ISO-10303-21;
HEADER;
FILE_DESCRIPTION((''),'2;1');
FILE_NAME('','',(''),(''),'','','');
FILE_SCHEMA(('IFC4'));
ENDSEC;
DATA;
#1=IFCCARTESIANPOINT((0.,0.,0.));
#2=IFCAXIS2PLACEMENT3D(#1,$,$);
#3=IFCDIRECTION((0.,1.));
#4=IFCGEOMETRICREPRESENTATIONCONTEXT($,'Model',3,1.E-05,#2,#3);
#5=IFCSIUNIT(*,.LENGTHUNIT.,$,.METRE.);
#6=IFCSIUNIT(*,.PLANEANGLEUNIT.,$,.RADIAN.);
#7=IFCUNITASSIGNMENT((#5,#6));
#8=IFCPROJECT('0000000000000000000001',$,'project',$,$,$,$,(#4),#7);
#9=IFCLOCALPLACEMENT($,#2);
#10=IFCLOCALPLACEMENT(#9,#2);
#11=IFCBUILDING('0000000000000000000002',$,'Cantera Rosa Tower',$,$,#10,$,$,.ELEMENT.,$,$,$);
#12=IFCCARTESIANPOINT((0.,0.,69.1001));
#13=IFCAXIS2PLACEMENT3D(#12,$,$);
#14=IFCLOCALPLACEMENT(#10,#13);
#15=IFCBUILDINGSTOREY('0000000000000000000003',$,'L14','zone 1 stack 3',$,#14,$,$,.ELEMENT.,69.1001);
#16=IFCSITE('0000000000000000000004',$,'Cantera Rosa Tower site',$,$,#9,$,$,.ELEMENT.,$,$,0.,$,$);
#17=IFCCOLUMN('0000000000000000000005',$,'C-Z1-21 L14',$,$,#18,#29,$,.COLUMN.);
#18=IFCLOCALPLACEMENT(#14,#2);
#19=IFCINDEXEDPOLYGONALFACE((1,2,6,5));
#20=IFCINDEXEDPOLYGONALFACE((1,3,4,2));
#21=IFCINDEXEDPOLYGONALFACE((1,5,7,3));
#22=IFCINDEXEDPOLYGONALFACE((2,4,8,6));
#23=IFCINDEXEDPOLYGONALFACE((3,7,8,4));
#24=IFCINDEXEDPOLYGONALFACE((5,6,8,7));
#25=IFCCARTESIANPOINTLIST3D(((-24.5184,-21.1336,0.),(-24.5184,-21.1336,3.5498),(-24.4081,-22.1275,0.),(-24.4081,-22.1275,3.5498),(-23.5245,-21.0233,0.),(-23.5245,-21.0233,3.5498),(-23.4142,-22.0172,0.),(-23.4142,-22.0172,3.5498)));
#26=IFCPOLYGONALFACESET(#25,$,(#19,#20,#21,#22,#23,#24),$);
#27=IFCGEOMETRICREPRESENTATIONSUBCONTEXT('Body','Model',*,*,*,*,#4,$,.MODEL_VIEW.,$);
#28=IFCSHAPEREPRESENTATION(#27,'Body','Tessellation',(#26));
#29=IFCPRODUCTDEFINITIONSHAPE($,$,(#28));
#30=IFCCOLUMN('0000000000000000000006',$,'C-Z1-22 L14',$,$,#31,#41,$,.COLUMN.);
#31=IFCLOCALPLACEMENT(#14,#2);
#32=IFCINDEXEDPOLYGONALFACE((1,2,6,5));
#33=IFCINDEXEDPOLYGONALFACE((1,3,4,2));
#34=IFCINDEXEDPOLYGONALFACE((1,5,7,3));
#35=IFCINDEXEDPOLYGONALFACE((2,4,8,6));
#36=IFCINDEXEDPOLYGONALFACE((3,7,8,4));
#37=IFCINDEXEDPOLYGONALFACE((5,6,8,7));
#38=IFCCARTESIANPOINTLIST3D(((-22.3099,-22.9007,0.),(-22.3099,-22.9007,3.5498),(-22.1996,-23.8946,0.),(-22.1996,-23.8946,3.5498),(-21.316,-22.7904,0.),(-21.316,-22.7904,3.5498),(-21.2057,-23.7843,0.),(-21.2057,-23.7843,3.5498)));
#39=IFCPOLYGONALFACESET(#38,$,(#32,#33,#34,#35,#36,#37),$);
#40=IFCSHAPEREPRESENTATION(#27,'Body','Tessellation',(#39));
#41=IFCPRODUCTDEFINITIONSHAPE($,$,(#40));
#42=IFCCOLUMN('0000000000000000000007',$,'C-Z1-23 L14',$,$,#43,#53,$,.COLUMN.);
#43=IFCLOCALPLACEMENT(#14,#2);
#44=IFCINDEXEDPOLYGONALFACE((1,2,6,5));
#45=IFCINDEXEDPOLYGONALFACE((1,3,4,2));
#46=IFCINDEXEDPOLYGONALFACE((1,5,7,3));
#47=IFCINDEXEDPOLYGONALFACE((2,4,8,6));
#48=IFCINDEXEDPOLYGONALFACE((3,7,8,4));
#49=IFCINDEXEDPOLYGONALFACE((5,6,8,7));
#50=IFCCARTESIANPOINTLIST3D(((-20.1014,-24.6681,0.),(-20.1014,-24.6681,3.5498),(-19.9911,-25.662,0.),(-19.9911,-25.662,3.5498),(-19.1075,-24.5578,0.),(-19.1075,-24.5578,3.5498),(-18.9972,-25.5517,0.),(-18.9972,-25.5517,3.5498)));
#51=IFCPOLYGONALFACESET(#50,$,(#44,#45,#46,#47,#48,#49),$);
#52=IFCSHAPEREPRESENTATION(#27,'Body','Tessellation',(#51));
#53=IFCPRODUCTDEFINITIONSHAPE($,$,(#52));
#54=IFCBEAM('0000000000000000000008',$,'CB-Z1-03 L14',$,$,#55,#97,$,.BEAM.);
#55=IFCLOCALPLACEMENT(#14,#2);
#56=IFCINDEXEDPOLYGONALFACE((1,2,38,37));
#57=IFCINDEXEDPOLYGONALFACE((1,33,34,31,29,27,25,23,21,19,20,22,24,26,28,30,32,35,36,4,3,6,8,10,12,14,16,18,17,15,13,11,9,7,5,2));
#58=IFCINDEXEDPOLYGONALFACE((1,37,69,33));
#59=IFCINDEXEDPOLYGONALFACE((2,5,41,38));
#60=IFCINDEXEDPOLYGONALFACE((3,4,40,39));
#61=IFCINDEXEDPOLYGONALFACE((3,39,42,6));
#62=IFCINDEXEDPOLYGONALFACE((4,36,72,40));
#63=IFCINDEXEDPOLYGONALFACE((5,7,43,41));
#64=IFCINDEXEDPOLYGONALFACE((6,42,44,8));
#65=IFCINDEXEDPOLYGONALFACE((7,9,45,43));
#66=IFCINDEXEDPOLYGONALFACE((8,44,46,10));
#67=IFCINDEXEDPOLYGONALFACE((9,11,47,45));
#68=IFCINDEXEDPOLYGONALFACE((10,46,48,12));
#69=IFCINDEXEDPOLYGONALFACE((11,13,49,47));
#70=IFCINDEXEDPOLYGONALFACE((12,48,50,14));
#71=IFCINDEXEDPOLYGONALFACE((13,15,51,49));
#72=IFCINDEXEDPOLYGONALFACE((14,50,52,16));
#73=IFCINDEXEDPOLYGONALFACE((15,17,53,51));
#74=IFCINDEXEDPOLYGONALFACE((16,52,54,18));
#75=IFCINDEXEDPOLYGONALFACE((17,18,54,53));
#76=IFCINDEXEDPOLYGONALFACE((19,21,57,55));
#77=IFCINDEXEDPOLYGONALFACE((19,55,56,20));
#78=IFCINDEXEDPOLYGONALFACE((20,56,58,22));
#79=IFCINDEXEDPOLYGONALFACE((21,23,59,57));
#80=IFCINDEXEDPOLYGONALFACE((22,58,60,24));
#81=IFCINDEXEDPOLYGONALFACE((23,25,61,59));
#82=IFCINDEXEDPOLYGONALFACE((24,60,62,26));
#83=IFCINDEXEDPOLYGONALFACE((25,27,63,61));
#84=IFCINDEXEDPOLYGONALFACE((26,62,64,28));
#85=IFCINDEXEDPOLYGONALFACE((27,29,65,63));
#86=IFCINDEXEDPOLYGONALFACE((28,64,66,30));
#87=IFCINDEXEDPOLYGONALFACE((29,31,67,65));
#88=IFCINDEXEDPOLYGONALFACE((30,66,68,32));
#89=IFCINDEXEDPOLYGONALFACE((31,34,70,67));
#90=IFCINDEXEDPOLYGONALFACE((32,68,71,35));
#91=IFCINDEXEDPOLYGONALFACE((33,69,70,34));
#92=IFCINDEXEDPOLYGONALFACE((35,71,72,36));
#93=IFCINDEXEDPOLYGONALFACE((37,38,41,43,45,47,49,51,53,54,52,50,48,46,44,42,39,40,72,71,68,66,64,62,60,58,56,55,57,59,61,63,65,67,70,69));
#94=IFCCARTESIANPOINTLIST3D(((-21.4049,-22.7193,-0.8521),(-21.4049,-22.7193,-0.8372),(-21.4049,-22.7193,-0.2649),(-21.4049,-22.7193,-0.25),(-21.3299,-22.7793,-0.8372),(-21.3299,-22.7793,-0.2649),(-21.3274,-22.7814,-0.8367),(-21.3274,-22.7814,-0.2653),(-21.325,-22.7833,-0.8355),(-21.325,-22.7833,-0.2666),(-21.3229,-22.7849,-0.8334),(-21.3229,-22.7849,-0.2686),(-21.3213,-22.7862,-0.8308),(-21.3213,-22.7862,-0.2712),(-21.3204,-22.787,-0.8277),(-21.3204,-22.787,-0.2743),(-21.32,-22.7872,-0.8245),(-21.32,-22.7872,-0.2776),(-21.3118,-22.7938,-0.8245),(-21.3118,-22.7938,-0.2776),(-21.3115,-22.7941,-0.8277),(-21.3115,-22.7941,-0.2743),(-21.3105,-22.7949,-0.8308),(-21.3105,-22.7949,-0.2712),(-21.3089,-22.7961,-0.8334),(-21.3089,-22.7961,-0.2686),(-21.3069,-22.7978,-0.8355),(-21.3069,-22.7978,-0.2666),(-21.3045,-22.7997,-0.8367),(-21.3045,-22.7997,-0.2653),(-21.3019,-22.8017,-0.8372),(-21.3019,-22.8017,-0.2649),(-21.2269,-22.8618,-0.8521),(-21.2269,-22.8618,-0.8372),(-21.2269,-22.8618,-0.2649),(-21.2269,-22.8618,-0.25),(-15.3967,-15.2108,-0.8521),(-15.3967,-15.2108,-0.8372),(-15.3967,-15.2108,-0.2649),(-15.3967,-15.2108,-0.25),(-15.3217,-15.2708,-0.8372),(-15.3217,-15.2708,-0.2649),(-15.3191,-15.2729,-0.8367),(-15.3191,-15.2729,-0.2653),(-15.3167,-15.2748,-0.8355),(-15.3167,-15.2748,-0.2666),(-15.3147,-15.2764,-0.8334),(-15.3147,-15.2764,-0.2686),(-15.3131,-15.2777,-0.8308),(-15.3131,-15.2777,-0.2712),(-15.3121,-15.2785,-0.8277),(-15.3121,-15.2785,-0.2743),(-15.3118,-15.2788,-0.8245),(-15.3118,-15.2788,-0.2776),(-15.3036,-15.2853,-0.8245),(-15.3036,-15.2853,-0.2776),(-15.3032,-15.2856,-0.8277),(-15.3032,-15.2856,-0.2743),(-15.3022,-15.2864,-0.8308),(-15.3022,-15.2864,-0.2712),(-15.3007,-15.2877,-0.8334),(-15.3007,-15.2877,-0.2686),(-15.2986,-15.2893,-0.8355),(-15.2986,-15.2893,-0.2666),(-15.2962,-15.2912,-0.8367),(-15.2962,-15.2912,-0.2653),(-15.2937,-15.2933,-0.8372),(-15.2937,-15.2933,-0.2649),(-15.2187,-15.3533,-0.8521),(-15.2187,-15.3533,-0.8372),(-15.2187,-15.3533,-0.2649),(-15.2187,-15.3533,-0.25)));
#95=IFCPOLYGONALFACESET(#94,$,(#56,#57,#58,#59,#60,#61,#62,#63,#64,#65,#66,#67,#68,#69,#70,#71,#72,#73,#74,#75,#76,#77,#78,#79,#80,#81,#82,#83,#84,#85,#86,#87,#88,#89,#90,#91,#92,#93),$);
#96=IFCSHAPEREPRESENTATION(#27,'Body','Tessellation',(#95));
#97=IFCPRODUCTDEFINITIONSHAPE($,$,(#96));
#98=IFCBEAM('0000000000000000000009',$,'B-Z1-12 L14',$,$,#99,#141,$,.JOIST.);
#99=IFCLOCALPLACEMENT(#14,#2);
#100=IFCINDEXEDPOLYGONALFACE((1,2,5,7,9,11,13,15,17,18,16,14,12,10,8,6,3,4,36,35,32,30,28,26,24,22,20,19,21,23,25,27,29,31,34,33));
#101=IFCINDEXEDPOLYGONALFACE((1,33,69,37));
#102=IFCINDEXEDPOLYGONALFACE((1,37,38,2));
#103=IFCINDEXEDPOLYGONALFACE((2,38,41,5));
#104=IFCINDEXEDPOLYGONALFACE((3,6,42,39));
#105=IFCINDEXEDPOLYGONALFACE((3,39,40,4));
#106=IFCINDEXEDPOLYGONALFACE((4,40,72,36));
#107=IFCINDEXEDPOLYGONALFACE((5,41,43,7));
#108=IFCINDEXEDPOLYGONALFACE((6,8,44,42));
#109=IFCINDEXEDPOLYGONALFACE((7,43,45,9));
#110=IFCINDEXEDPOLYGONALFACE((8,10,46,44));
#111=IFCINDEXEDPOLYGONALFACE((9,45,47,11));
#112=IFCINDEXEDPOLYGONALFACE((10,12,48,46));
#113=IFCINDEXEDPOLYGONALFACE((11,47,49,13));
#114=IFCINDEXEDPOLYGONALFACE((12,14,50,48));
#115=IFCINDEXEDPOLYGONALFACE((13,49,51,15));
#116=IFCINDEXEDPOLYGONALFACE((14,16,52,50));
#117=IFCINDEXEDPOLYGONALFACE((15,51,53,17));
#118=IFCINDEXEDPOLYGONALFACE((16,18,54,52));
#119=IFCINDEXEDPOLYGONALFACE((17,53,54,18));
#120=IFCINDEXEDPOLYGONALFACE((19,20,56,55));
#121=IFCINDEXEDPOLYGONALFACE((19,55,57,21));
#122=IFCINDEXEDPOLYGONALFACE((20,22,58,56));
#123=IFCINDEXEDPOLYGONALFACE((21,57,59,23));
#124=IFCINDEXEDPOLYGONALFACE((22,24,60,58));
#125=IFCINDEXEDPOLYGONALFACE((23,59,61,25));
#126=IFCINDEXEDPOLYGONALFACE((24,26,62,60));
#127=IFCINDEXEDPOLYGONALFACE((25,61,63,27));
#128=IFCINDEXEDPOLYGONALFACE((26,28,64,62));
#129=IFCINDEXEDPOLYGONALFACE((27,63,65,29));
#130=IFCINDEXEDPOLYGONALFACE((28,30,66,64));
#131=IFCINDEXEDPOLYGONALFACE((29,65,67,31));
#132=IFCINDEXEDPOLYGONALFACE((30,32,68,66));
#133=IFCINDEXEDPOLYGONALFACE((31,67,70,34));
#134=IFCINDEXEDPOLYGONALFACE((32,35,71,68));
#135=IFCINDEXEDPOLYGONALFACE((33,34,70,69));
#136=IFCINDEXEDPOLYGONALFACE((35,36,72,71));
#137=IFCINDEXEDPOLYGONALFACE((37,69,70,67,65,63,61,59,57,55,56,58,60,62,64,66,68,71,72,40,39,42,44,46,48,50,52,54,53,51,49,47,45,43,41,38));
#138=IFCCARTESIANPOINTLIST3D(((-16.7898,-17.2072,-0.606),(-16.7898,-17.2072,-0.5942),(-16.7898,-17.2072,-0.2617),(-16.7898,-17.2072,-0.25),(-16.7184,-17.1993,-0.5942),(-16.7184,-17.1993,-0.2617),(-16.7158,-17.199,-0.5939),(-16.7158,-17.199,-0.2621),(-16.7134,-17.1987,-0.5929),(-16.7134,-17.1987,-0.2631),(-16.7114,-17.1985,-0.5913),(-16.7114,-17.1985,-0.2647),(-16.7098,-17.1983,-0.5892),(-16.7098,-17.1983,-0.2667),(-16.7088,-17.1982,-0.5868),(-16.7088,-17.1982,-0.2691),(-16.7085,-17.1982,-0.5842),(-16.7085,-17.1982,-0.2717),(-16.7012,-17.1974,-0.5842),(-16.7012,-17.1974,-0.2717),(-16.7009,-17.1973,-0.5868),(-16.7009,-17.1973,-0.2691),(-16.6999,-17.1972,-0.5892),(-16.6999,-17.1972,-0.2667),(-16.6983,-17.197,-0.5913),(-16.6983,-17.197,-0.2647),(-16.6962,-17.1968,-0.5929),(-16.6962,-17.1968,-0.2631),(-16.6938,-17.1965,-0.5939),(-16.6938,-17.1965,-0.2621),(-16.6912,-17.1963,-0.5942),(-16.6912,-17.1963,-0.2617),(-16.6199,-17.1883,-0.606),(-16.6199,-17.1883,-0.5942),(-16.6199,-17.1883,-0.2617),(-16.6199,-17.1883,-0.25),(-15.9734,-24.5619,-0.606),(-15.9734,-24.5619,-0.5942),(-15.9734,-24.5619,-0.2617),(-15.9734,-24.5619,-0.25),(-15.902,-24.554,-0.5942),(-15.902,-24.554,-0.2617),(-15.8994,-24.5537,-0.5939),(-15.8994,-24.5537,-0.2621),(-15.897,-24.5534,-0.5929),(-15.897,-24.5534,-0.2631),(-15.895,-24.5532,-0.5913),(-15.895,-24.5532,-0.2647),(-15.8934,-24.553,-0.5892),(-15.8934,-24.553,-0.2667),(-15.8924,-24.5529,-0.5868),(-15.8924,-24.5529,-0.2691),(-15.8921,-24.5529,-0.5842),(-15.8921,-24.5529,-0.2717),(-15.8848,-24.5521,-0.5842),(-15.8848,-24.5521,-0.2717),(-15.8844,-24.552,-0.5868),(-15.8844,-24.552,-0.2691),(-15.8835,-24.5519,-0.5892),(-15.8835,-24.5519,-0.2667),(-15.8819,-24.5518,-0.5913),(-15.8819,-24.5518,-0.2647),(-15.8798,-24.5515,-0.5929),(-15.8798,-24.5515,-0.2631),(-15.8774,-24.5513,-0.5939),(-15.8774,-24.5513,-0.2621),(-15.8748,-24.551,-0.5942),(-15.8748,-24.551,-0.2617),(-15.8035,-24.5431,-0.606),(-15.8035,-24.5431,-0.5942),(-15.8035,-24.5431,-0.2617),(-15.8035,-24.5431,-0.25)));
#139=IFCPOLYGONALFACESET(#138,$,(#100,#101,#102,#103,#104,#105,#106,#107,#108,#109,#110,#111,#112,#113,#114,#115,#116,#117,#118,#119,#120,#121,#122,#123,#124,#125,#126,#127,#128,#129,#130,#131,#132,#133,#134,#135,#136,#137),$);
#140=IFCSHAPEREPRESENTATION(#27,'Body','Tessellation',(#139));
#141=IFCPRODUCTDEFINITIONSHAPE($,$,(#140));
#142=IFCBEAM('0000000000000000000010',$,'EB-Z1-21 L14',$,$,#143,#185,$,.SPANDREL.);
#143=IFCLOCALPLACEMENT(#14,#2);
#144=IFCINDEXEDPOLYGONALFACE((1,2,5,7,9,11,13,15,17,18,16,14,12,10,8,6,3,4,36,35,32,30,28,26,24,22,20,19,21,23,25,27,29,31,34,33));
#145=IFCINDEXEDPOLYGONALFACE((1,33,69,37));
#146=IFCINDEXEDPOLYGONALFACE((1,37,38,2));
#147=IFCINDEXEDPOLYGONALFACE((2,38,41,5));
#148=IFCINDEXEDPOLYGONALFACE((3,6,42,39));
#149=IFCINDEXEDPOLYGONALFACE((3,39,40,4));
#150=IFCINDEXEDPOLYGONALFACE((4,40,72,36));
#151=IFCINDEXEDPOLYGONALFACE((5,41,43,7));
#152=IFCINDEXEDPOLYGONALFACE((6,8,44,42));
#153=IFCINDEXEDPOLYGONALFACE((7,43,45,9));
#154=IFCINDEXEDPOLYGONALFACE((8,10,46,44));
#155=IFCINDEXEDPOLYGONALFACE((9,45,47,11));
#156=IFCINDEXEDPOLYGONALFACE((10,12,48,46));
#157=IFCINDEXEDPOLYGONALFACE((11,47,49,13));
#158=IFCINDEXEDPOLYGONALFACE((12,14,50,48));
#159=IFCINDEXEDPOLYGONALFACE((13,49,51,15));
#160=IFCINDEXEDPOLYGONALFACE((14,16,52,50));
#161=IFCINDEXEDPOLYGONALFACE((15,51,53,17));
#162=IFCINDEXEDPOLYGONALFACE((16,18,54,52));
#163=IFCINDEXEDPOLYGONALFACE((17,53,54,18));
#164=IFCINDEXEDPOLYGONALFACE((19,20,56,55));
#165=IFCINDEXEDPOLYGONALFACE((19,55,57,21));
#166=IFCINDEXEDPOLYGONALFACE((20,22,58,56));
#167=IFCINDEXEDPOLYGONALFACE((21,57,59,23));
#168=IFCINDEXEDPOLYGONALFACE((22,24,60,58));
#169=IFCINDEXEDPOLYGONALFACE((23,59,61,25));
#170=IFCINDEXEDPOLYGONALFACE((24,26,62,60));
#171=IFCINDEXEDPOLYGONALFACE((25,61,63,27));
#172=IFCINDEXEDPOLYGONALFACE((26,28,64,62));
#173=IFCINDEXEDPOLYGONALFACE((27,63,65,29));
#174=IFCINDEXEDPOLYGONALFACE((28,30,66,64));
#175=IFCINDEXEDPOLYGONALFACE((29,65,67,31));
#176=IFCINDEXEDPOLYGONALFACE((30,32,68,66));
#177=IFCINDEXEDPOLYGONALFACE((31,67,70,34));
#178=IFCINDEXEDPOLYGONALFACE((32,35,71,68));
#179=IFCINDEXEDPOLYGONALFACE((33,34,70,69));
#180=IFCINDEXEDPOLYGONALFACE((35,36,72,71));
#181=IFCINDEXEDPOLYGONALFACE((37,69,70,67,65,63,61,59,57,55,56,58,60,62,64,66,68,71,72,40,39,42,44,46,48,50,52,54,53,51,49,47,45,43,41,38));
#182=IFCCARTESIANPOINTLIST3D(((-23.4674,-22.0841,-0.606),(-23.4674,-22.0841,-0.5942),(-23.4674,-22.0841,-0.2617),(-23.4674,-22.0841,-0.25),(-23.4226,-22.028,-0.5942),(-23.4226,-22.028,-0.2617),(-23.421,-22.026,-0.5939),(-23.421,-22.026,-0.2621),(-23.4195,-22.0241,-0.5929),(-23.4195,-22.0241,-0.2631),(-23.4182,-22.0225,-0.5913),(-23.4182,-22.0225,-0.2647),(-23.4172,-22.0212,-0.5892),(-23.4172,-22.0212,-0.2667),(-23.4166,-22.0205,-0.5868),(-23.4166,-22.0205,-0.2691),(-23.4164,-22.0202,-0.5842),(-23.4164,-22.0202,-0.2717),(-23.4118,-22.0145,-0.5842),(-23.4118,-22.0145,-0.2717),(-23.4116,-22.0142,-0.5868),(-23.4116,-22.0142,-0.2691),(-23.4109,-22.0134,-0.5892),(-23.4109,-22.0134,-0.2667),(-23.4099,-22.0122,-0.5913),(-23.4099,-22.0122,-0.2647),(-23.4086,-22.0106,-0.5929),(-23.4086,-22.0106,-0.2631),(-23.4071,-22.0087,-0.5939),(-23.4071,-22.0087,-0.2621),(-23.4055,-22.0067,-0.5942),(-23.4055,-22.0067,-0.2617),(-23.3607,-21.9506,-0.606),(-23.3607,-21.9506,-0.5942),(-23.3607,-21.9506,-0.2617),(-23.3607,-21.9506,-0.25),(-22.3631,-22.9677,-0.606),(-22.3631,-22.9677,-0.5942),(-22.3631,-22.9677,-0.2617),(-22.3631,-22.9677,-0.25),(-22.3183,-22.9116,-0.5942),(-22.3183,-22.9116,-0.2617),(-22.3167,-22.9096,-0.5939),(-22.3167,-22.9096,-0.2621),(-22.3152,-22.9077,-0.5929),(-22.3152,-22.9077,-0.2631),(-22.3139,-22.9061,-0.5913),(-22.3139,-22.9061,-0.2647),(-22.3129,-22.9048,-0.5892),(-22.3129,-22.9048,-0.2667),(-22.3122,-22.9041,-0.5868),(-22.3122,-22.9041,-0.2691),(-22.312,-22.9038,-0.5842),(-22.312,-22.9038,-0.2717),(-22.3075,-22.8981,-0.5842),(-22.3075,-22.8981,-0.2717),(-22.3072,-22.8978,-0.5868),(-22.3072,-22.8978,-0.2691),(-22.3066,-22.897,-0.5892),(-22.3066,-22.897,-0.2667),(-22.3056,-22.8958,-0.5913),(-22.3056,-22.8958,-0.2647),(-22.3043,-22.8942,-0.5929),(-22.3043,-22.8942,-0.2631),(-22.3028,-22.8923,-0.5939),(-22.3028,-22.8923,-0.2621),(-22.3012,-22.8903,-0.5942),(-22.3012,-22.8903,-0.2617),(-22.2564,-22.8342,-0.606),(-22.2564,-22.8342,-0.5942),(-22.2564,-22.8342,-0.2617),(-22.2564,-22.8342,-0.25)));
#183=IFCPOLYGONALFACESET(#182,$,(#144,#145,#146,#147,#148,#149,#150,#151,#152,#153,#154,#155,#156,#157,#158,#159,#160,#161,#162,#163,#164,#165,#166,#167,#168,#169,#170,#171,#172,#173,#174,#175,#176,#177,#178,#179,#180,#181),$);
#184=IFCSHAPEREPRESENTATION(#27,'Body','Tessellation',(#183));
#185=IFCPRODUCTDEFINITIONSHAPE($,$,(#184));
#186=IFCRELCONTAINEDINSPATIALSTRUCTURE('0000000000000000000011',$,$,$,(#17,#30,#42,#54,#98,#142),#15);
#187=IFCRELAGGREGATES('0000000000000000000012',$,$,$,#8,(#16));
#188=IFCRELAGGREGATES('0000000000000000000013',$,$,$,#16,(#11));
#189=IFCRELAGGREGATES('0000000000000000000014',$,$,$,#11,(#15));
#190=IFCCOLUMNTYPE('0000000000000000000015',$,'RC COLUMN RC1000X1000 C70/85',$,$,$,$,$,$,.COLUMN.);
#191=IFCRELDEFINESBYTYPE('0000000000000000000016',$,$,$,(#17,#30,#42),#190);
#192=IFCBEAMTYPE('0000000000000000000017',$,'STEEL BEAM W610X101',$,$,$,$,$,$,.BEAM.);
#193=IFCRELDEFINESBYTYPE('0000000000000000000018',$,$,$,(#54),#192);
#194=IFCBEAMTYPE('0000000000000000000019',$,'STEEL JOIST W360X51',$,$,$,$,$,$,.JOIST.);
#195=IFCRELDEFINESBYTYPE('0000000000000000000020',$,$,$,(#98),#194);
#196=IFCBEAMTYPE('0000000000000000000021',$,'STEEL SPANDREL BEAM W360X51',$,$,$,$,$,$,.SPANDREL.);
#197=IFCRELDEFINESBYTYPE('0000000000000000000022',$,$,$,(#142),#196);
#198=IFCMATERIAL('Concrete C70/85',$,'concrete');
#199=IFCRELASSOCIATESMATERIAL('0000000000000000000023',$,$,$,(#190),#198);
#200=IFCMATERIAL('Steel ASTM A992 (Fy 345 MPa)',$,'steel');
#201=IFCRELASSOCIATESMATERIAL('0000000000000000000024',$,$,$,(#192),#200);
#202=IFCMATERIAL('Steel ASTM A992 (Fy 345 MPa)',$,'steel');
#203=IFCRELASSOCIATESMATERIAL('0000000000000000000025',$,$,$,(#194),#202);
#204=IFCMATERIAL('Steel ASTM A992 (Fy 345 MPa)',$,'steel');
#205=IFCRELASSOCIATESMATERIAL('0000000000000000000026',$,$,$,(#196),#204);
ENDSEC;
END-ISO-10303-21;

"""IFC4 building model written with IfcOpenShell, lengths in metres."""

from ifc_helpers import new_model, si_unit, direction, frame, origin, origin_2d, place, context, subcontext, project, spatial, rectangle, i_section, extrude, material, material_profile, profile_set, type_object, element, save


model = new_model("IFC4")

# Units and contexts
model_context = context("Model", 3, precision=1e-05, world=origin(), true_north=direction((0.0, 1.0)))
body_context = subcontext(model_context, "Body", "Model", "MODEL_VIEW")
ifc_project = project(units=[si_unit("LENGTHUNIT", "METRE"), si_unit("PLANEANGLEUNIT", "RADIAN")], contexts=[model_context])

# Site, building, storey
site_placement = place(None, origin())
site = spatial("IfcSite", under=ifc_project, at=site_placement, Name="Cantera Rosa Tower site", CompositionType="ELEMENT", RefElevation=0.0)
building_placement = place(site_placement, origin())
building = spatial("IfcBuilding", under=site, at=building_placement, Name="Cantera Rosa Tower", CompositionType="ELEMENT")
storey_placement = place(building_placement, frame((0.0, 0.0, 69.1001)))
storey = spatial("IfcBuildingStorey", under=building, at=storey_placement, Name="L14", Description="zone 1 stack 3", CompositionType="ELEMENT", Elevation=69.1001)

# Columns
ifc_material_1 = material(Name="Concrete C70/85", Category="concrete")
ifc_material_profile_1 = material_profile(ifc_material_1, rectangle(XDim=1.0, YDim=1.0, at=origin_2d()), Name="RC COLUMN RC1000X1000 C70/85")
ifc_profile_set_1 = profile_set([ifc_material_profile_1], Name="Concrete C70/85")
column_type = type_object("IfcColumnType", Name="RC COLUMN RC1000X1000 C70/85", PredefinedType="COLUMN", material=ifc_profile_set_1)
for number, where, z_axis, x_axis, name in (
    (1, (-23.9663, -21.5754, 0.0), (0.0, 0.0, 1.0), (0.993897, 0.110313, 0.0), "C-Z1-21 L14"),
    (2, (-21.7578, -23.3425, 0.0), (0.0, 0.0, 1.0), (0.993897, 0.110313, 0.0), "C-Z1-22 L14"),
    (3, (-19.5493, -25.1099, 0.0), (0.0, 0.0, 1.0), (0.993897, 0.110313, 0.0), "C-Z1-23 L14"),
):
    element("IfcColumn", number, at=place(storey_placement, frame(where, z_axis=z_axis, x_axis=x_axis)), inside=storey, type_object=column_type, Name=name, PredefinedType="COLUMN", context=body_context, shape_type="SweptSolid", body=[
        extrude(rectangle(XDim=1.0, YDim=1.0, at=origin_2d()), origin(), (0.0, 0.0, 1.0), 3.5498),
    ])

# Beams
ifc_material_2 = material(Name="Steel ASTM A992 (Fy 345 MPa)", Category="steel")
ifc_material_profile_2 = material_profile(ifc_material_2, i_section(OverallWidth=0.228, OverallDepth=0.6021, WebThickness=0.0105, FlangeThickness=0.0149, FilletRadius=0.0127, at=origin_2d()), Name="W610X101")
ifc_profile_set_2 = profile_set([ifc_material_profile_2], Name="Steel ASTM A992 (Fy 345 MPa)")
beam_type_1 = type_object("IfcBeamType", Name="STEEL BEAM W610X101", PredefinedType="BEAM", material=ifc_profile_set_2)
beam_1_placement = place(storey_placement, frame((-21.3159, -22.7905, -0.551), z_axis=(0.624788, 0.780794, 0.0), x_axis=(-0.780794, 0.624788, 0.0)))
element("IfcBeam", 4, at=beam_1_placement, inside=storey, type_object=beam_type_1, Name="CB-Z1-03 L14", PredefinedType="BEAM", context=body_context, shape_type="SweptSolid", body=[
    extrude(i_section(OverallWidth=0.228, OverallDepth=0.6021, WebThickness=0.0105, FlangeThickness=0.0149, FilletRadius=0.0127, at=origin_2d()), origin(), (0.0, 0.0, 1.0), 9.6165),
])
ifc_material_3 = material(Name="Steel ASTM A992 (Fy 345 MPa)", Category="steel")
ifc_material_profile_3 = material_profile(ifc_material_3, i_section(OverallWidth=0.1709, OverallDepth=0.356, WebThickness=0.0073, FlangeThickness=0.0117, FilletRadius=0.01, at=origin_2d()), Name="W360X51")
ifc_profile_set_3 = profile_set([ifc_material_profile_3], Name="Steel ASTM A992 (Fy 345 MPa)")
beam_type_2 = type_object("IfcBeamType", Name="STEEL JOIST W360X51", PredefinedType="JOIST", material=ifc_profile_set_3)
beam_2_placement = place(storey_placement, frame((-15.8884, -24.5525, -0.428), z_axis=(-0.110327, 0.993895, 0.0), x_axis=(-0.993895, -0.110327, 0.0)))
element("IfcBeam", 5, at=beam_2_placement, inside=storey, type_object=beam_type_2, Name="B-Z1-12 L14", PredefinedType="JOIST", context=body_context, shape_type="SweptSolid", body=[
    extrude(i_section(OverallWidth=0.1709, OverallDepth=0.356, WebThickness=0.0073, FlangeThickness=0.0117, FilletRadius=0.01, at=origin_2d()), origin(), (0.0, 0.0, 1.0), 7.3999),
])
ifc_material_4 = material(Name="Steel ASTM A992 (Fy 345 MPa)", Category="steel")
ifc_material_profile_4 = material_profile(ifc_material_4, i_section(OverallWidth=0.1709, OverallDepth=0.356, WebThickness=0.0073, FlangeThickness=0.0117, FilletRadius=0.01, at=origin_2d()), Name="W360X51")
ifc_profile_set_4 = profile_set([ifc_material_profile_4], Name="Steel ASTM A992 (Fy 345 MPa)")
beam_type_3 = type_object("IfcBeamType", Name="STEEL SPANDREL BEAM W360X51", PredefinedType="SPANDREL", material=ifc_profile_set_4)
for number, where, z_axis, x_axis, name in (
    (6, (-23.4141, -22.0173, -0.428), (0.780818, -0.624758, 0.0), (0.624758, 0.780818, 0.0), "EB-Z1-21 L14"),
):
    element("IfcBeam", number, at=place(storey_placement, frame(where, z_axis=z_axis, x_axis=x_axis)), inside=storey, type_object=beam_type_3, Name=name, PredefinedType="SPANDREL", context=body_context, shape_type="SweptSolid", body=[
        extrude(i_section(OverallWidth=0.1709, OverallDepth=0.356, WebThickness=0.0073, FlangeThickness=0.0117, FilletRadius=0.01, at=origin_2d()), origin(), (0.0, 0.0, 1.0), 1.4143),
    ])

save(model, "model.ifc")
